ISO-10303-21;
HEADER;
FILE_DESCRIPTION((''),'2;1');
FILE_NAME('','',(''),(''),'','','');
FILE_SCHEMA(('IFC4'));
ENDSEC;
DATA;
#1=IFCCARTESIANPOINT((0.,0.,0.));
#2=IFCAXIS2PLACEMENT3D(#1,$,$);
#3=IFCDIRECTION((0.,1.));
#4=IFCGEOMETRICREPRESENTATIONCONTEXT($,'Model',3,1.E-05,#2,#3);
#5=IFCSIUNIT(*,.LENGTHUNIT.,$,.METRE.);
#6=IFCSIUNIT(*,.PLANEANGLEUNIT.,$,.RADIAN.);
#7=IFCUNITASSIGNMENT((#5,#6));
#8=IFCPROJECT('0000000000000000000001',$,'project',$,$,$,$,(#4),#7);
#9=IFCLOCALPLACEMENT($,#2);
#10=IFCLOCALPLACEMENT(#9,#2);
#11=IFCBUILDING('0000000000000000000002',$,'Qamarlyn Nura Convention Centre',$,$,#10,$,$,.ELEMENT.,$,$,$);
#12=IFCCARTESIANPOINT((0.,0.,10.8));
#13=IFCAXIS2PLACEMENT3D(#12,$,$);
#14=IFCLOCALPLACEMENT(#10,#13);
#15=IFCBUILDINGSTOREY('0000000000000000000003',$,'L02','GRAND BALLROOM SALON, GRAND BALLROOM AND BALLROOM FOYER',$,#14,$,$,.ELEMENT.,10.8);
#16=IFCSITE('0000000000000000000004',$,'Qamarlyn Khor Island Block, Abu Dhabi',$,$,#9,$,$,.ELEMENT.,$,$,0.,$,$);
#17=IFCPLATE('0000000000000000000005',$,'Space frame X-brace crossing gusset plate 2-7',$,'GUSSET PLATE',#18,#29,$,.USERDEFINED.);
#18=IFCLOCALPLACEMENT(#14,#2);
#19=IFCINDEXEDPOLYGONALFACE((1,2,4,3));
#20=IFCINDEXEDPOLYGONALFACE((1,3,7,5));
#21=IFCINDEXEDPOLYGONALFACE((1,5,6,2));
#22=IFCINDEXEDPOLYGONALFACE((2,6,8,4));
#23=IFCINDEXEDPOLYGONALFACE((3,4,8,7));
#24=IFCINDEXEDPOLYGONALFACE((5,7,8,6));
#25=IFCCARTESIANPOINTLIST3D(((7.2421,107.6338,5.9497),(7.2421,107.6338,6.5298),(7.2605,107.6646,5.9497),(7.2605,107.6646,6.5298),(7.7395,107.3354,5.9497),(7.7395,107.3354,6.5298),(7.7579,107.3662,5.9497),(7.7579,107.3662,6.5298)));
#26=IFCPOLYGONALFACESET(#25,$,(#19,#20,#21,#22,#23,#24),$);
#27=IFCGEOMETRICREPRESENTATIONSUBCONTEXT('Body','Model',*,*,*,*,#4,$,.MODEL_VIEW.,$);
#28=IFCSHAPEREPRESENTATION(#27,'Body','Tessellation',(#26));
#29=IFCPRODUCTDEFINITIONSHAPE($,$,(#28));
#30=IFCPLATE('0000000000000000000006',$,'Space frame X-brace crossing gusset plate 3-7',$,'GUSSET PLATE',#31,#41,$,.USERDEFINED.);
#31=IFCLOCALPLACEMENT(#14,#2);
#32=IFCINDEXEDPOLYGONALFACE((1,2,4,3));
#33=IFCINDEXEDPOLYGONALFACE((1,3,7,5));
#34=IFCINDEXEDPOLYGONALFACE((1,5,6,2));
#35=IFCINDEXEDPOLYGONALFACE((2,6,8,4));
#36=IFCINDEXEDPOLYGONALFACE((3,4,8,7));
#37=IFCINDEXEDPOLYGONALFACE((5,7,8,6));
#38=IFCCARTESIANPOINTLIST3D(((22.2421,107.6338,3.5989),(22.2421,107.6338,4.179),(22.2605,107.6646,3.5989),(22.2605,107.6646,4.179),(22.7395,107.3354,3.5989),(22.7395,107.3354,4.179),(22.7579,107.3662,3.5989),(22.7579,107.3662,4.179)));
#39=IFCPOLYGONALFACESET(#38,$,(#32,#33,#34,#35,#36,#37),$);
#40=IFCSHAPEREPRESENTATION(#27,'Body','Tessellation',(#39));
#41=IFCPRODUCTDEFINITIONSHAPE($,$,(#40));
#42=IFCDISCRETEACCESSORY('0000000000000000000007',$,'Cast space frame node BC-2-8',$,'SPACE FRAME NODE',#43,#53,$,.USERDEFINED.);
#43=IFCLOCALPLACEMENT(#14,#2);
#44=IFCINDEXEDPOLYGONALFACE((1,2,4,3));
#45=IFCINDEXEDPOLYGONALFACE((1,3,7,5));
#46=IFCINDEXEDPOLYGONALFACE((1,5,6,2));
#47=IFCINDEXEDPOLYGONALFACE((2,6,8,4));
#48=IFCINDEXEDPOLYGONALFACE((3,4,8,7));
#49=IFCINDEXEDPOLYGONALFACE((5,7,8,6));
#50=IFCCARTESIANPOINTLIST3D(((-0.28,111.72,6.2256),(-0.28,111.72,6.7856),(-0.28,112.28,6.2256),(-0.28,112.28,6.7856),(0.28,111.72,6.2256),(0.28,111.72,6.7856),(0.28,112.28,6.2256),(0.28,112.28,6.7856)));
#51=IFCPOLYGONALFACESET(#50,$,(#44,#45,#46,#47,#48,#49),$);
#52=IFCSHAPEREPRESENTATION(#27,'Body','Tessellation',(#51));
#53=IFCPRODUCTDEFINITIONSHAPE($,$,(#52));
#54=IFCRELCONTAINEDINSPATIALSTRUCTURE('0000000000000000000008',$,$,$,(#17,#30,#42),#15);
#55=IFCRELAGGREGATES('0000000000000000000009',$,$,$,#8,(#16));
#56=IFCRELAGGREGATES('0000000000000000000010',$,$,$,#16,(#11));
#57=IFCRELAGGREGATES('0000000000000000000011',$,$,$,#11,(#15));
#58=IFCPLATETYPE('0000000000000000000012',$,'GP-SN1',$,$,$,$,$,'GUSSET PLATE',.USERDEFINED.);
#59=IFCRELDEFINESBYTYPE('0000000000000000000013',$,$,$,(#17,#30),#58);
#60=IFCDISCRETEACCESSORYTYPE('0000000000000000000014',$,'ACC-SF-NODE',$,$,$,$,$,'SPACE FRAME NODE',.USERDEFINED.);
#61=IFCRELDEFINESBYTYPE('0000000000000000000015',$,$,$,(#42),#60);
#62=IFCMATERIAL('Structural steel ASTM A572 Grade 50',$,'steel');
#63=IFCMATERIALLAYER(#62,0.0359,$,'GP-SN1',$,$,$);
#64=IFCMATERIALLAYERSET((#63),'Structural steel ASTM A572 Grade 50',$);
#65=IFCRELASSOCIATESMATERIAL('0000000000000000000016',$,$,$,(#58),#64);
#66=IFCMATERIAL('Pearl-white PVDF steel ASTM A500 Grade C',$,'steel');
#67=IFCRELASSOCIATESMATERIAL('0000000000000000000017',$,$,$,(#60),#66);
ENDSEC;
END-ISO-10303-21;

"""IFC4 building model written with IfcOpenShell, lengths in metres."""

from ifc_helpers import new_model, si_unit, direction, frame, origin, origin_2d, place, context, subcontext, project, spatial, rectangle, extrude, material, layer, layer_set, type_object, element, save


model = new_model("IFC4")

# Units and contexts
model_context = context("Model", 3, precision=1e-05, world=origin(), true_north=direction((0.0, 1.0)))
body_context = subcontext(model_context, "Body", "Model", "MODEL_VIEW")
ifc_project = project(units=[si_unit("LENGTHUNIT", "METRE"), si_unit("PLANEANGLEUNIT", "RADIAN")], contexts=[model_context])

# Site, building, storey
site_placement = place(None, origin())
site = spatial("IfcSite", under=ifc_project, at=site_placement, Name="Qamarlyn Khor Island Block, Abu Dhabi", CompositionType="ELEMENT", RefElevation=0.0)
building_placement = place(site_placement, origin())
building = spatial("IfcBuilding", under=site, at=building_placement, Name="Qamarlyn Nura Convention Centre", CompositionType="ELEMENT")
storey_placement = place(building_placement, frame((0.0, 0.0, 10.8)))
storey = spatial("IfcBuildingStorey", under=building, at=storey_placement, Name="L02", Description="GRAND BALLROOM SALON, GRAND BALLROOM AND BALLROOM FOYER", CompositionType="ELEMENT", Elevation=10.8)

# Shared definitions
ifc_material_1 = material(Name="Pearl-white PVDF steel ASTM A500 Grade C", Category="steel")

# Plates
ifc_material_2 = material(Name="Structural steel ASTM A572 Grade 50", Category="steel")
ifc_layer_1 = layer(ifc_material_2, 0.0359, Name="GP-SN1")
ifc_layer_set_1 = layer_set([ifc_layer_1], Name="Structural steel ASTM A572 Grade 50")
plate_type_1 = type_object("IfcPlateType", Name="GP-SN1", ElementType="GUSSET PLATE", PredefinedType="USERDEFINED", material=ifc_layer_set_1)
for number, where, z_axis, x_axis, name in (
    (1, (7.5, 107.5, 5.9497), (0.0, 0.0, 1.0), (-0.857493, 0.514496, 0.0), "Space frame X-brace crossing gusset plate 2-7"),
    (2, (22.5, 107.5, 3.5989), (0.0, 0.0, 1.0), (-0.857493, 0.514496, 0.0), "Space frame X-brace crossing gusset plate 3-7"),
):
    element("IfcPlate", number, at=place(storey_placement, frame(where, z_axis=z_axis, x_axis=x_axis)), inside=storey, type_object=plate_type_1, Name=name, ObjectType="GUSSET PLATE", PredefinedType="USERDEFINED", context=body_context, shape_type="SweptSolid", body=[
        extrude(rectangle(XDim=0.5801, YDim=0.0359, at=origin_2d()), origin(), (0.0, 0.0, 1.0), 0.5801),
    ])

# Discrete accessory
discrete_accessory_type = type_object("IfcDiscreteAccessoryType", Name="ACC-SF-NODE", ElementType="SPACE FRAME NODE", PredefinedType="USERDEFINED", material=ifc_material_1)
discrete_accessory_placement = place(storey_placement, frame((0.0, 112.0, 6.2256), z_axis=(0.0, 0.0, 1.0), x_axis=(1.0, 0.0, 0.0)))
element("IfcDiscreteAccessory", 3, at=discrete_accessory_placement, inside=storey, type_object=discrete_accessory_type, Name="Cast space frame node BC-2-8", ObjectType="SPACE FRAME NODE", PredefinedType="USERDEFINED", context=body_context, shape_type="SweptSolid", body=[
    extrude(rectangle(XDim=0.5601, YDim=0.5601, at=origin_2d()), origin(), (0.0, 0.0, 1.0), 0.5601),
])

save(model, "model.ifc")
